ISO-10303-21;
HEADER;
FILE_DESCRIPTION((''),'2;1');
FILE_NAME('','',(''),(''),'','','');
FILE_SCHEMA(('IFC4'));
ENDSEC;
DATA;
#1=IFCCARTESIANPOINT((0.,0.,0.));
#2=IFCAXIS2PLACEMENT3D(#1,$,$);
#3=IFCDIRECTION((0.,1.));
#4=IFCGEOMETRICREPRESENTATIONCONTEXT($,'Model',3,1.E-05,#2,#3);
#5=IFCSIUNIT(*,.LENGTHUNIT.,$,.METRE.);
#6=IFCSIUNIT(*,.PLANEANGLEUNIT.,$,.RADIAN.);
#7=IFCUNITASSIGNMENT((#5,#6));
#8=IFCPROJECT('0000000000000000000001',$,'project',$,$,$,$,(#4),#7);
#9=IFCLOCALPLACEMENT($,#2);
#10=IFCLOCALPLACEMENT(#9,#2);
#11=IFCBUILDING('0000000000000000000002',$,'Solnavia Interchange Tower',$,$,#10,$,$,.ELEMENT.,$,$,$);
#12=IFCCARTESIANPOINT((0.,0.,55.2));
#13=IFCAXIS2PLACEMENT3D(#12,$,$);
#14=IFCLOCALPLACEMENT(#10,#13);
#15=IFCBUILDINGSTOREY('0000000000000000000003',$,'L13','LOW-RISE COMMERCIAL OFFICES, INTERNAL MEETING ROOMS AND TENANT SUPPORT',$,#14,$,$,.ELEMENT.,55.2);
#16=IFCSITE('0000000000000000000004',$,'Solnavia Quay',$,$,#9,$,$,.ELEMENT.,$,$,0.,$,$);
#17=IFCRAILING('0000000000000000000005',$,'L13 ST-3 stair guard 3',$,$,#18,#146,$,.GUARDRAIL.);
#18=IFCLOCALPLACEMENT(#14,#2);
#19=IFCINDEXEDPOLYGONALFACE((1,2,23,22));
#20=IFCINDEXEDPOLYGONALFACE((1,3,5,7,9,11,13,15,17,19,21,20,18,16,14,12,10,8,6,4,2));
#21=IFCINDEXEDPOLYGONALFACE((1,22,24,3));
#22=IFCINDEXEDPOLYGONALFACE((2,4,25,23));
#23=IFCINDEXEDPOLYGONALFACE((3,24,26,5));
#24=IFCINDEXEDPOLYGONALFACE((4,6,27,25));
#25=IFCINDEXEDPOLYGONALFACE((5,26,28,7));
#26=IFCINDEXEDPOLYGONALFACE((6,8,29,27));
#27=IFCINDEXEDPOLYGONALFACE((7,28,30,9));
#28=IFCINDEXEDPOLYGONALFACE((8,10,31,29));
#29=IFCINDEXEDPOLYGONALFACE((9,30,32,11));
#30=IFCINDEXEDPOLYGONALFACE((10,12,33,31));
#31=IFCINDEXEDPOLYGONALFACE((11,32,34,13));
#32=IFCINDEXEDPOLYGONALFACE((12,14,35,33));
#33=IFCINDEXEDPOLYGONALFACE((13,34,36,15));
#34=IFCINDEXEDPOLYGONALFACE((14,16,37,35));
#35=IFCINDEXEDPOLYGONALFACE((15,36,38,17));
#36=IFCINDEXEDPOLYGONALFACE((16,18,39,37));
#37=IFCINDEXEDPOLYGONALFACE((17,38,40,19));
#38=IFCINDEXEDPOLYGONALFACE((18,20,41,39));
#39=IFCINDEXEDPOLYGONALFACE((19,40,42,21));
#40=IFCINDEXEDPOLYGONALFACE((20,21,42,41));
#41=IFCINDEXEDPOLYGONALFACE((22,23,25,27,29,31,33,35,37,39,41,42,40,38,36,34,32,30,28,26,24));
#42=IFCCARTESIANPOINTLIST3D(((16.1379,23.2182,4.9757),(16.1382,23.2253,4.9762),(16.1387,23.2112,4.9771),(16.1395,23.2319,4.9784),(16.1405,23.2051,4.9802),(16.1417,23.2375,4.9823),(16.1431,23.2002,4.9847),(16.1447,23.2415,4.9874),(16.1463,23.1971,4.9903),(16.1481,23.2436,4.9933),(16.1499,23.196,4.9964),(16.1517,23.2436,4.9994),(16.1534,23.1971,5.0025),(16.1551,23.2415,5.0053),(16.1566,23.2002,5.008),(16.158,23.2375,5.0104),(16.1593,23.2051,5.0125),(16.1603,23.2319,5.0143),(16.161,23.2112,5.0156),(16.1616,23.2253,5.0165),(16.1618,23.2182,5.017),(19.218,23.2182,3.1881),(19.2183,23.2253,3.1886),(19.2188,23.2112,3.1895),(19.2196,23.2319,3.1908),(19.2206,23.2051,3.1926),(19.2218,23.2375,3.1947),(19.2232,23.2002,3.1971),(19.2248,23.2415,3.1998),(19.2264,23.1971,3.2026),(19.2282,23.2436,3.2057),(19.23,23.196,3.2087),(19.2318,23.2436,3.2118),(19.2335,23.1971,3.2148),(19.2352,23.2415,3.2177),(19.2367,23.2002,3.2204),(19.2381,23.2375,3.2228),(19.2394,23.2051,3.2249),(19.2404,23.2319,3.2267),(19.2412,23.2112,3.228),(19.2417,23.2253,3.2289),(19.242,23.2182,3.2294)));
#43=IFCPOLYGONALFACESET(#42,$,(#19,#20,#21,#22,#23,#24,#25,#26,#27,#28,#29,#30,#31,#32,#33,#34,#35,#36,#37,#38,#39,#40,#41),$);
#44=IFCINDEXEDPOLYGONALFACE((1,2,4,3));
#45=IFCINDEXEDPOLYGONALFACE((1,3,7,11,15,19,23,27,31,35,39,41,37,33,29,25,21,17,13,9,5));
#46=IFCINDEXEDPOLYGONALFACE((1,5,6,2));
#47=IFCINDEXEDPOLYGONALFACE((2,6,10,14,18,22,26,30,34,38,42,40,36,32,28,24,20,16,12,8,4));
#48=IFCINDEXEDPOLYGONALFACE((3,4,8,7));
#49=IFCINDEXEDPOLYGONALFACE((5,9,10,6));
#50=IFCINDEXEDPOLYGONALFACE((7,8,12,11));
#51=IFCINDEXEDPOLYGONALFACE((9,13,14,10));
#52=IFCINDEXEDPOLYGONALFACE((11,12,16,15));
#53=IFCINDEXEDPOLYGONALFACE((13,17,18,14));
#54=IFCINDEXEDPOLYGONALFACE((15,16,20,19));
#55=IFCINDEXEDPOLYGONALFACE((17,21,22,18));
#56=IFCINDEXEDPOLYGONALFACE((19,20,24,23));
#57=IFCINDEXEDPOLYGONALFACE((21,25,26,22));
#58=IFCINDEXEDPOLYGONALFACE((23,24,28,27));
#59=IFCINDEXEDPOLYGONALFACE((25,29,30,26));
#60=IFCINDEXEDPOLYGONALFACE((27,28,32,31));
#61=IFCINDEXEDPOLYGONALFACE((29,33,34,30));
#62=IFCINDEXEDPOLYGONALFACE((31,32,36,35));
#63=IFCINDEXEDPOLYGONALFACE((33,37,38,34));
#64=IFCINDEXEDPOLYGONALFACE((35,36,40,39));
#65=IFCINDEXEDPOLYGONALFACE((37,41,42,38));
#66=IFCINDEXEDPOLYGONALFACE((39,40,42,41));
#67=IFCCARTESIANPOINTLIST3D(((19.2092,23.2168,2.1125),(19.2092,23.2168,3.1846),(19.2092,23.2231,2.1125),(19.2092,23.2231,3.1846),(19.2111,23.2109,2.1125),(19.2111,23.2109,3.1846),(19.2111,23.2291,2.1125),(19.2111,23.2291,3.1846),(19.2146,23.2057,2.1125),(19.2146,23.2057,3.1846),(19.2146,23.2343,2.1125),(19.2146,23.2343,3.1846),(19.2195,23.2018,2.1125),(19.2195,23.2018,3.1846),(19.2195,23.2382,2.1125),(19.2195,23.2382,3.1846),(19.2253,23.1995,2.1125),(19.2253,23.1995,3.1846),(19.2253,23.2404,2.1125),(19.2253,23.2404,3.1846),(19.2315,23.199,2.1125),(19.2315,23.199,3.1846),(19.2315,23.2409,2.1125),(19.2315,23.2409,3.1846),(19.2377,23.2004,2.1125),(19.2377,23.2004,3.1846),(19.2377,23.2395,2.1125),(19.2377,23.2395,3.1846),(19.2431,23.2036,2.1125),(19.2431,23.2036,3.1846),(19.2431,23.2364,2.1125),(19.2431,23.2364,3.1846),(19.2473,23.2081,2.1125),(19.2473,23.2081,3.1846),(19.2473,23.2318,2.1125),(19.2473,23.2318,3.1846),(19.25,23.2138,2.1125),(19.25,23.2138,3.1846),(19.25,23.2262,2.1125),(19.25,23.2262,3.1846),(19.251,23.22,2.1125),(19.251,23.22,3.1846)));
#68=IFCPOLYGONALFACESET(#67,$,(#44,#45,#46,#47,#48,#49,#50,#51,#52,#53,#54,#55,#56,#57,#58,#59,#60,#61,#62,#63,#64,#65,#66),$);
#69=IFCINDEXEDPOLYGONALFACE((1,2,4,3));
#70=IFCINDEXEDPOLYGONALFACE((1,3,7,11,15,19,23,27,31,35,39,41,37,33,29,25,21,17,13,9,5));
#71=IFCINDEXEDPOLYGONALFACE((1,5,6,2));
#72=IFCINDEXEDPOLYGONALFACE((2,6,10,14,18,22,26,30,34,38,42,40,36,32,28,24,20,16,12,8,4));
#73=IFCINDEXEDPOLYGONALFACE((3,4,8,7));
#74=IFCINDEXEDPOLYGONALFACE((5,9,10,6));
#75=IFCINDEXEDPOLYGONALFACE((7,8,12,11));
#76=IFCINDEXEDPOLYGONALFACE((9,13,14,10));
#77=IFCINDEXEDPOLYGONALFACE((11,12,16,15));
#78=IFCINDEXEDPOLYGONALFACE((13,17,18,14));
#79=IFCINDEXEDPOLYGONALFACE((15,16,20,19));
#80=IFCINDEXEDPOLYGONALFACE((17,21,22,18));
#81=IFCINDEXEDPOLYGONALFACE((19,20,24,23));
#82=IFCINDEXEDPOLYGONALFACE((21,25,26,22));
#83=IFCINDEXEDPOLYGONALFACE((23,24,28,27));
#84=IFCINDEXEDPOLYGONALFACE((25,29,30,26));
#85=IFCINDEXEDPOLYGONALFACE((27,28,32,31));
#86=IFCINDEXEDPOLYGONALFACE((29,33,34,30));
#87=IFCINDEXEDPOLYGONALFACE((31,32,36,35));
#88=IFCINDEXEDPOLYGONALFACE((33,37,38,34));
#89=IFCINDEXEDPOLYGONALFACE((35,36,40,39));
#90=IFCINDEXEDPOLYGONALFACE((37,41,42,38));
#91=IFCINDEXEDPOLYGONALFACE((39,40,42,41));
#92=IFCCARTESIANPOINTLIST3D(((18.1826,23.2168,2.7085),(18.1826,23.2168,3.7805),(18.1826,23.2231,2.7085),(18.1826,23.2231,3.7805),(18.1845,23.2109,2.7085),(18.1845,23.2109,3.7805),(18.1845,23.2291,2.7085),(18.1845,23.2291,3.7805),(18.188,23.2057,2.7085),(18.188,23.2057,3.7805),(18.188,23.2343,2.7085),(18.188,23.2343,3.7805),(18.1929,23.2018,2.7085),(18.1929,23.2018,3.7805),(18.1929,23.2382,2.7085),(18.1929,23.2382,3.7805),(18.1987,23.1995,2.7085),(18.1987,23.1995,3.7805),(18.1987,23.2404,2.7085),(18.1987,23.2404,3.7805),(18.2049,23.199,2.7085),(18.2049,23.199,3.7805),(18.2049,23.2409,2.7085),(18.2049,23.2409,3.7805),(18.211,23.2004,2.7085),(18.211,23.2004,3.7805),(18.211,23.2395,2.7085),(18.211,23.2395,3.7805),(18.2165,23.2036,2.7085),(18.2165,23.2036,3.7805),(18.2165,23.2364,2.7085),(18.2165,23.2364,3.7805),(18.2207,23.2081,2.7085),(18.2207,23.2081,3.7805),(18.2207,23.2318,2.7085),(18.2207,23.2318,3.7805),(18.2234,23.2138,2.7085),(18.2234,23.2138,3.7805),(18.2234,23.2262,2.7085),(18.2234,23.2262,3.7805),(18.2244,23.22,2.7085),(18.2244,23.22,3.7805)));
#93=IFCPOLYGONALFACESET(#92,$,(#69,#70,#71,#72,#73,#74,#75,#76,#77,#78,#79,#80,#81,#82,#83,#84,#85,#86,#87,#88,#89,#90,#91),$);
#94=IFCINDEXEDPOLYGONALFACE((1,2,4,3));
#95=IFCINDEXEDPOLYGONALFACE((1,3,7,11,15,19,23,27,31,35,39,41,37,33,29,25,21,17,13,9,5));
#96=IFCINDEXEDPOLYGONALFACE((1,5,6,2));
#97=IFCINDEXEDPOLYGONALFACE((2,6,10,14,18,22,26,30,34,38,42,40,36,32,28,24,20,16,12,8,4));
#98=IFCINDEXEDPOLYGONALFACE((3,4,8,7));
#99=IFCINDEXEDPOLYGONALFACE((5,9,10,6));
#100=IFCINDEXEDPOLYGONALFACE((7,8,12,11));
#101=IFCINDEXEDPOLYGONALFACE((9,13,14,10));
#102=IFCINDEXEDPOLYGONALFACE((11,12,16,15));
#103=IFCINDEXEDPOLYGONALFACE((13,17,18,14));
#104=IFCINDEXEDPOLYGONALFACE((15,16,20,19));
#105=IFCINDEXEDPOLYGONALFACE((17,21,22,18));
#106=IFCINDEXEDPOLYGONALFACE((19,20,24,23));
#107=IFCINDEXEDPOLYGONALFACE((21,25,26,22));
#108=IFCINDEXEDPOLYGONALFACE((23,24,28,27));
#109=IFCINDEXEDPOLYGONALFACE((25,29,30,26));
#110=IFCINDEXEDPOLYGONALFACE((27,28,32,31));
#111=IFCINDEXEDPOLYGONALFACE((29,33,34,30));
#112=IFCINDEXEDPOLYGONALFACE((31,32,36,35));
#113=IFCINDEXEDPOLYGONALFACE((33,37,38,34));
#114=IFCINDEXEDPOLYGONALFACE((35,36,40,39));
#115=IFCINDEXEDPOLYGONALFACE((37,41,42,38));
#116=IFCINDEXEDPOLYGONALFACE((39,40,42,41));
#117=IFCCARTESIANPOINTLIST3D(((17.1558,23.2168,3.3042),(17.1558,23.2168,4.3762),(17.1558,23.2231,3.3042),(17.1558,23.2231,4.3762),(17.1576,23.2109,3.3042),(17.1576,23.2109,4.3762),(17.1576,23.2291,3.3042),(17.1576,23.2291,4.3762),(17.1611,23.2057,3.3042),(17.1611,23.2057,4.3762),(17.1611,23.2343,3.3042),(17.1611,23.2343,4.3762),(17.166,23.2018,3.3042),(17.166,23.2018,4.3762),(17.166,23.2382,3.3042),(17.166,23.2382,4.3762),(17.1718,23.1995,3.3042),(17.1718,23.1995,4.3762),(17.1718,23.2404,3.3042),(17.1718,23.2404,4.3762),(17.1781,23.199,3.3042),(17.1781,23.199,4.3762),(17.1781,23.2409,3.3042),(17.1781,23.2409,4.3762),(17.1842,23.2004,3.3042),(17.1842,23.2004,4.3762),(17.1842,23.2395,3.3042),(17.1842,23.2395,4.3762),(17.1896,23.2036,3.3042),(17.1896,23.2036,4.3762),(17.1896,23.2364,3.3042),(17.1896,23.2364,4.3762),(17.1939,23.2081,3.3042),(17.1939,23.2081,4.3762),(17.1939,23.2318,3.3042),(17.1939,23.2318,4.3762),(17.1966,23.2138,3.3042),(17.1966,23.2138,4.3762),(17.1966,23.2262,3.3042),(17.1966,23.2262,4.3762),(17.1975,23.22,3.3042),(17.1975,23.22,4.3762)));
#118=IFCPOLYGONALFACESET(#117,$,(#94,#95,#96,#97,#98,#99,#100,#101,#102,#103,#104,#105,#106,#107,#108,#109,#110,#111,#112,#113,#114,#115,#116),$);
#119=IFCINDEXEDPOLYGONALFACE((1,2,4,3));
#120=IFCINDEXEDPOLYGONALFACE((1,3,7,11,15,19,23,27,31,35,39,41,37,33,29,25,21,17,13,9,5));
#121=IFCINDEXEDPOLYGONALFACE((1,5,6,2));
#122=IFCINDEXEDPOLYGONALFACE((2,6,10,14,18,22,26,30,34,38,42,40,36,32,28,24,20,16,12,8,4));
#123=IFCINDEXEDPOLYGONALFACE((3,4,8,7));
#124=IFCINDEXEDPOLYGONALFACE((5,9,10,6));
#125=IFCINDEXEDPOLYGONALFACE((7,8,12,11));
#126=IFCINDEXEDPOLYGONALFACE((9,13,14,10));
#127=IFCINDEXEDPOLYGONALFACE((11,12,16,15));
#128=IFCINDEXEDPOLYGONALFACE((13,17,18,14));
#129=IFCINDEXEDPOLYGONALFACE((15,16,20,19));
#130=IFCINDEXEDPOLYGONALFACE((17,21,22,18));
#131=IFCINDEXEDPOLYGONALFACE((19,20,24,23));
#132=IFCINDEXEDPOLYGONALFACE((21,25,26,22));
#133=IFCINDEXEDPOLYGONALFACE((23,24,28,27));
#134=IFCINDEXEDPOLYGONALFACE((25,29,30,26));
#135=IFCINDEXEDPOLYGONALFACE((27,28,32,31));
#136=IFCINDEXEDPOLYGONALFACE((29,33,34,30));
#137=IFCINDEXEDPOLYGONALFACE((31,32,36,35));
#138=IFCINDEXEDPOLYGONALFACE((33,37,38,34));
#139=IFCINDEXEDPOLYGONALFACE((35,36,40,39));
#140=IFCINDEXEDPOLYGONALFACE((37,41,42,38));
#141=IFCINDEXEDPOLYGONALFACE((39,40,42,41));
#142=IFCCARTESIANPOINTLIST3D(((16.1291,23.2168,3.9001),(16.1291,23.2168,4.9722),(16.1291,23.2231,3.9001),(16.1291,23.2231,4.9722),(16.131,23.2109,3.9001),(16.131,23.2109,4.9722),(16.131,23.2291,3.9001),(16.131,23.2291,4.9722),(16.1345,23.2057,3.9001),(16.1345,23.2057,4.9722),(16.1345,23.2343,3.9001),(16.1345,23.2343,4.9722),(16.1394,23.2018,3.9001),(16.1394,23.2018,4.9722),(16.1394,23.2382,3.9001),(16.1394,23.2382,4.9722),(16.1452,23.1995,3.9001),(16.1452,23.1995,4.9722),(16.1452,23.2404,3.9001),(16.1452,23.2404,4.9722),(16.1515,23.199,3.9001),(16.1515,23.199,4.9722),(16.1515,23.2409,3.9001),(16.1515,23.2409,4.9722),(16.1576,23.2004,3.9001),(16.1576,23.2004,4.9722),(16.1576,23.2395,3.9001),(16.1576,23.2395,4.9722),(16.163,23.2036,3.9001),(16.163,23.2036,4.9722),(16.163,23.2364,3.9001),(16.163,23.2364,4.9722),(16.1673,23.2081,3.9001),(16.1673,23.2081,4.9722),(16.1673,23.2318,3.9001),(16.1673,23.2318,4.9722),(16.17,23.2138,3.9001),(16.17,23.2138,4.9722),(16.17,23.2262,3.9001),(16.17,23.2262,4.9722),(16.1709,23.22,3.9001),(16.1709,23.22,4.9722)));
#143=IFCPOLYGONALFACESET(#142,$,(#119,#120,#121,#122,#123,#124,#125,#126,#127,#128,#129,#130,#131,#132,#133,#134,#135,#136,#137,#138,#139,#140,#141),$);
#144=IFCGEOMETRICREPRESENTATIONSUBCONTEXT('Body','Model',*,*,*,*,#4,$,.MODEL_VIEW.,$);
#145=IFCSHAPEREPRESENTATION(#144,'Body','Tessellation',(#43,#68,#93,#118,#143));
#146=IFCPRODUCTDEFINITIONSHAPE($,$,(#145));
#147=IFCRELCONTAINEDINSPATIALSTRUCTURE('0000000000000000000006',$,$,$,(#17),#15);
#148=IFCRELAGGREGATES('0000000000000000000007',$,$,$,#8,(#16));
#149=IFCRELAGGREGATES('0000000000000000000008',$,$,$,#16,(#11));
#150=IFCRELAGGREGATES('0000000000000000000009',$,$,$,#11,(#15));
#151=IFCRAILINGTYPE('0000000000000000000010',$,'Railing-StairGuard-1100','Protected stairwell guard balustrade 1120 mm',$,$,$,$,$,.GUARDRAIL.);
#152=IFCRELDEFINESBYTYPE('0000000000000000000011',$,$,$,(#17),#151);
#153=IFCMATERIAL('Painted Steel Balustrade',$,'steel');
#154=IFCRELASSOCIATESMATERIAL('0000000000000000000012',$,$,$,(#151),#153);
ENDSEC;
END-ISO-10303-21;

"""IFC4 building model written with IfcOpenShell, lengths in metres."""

from ifc_helpers import new_model, si_unit, direction, frame, origin, origin_2d, place, context, subcontext, project, spatial, circle, extrude, material, type_object, element, save


model = new_model("IFC4")

# Units and contexts
model_context = context("Model", 3, precision=1e-05, world=origin(), true_north=direction((0.0, 1.0)))
body_context = subcontext(model_context, "Body", "Model", "MODEL_VIEW")
ifc_project = project(units=[si_unit("LENGTHUNIT", "METRE"), si_unit("PLANEANGLEUNIT", "RADIAN")], contexts=[model_context])

# Site, building, storey
site_placement = place(None, origin())
site = spatial("IfcSite", under=ifc_project, at=site_placement, Name="Solnavia Quay", CompositionType="ELEMENT", RefElevation=0.0)
building_placement = place(site_placement, origin())
building = spatial("IfcBuilding", under=site, at=building_placement, Name="Solnavia Interchange Tower", CompositionType="ELEMENT")
storey_placement = place(building_placement, frame((0.0, 0.0, 55.2)))
storey = spatial("IfcBuildingStorey", under=building, at=storey_placement, Name="L13", Description="LOW-RISE COMMERCIAL OFFICES, INTERNAL MEETING ROOMS AND TENANT SUPPORT", CompositionType="ELEMENT", Elevation=55.2)

# Railing
ifc_material_1 = material(Name="Painted Steel Balustrade", Category="steel")
railing_type_1 = type_object("IfcRailingType", Name="Railing-StairGuard-1100", Description="Protected stairwell guard balustrade 1120 mm", PredefinedType="GUARDRAIL", material=ifc_material_1)
railing_1_placement = place(storey_placement, frame((19.23, 23.22, 2.1125)))
element("IfcRailing", 1, at=railing_1_placement, inside=storey, type_object=railing_type_1, Name="L13 ST-3 stair guard 3", PredefinedType="GUARDRAIL", context=body_context, shape_type="SweptSolid", body=[
    extrude(circle(Radius=0.0239, at=origin_2d()), frame((0.0, 0.0, 1.0962), z_axis=(-0.864891, 0.0, 0.50196), x_axis=(0.0, -1.0, 0.0)), (0.0, 0.0, 1.0), 3.5613),
    extrude(circle(Radius=0.021, at=origin_2d()), origin(), (0.0, 0.0, 1.0), 1.072),
    extrude(circle(Radius=0.021, at=origin_2d()), frame((-1.0266, 0.0, 0.5959)), (0.0, 0.0, 1.0), 1.072),
    extrude(circle(Radius=0.021, at=origin_2d()), frame((-2.0535, 0.0, 1.1917)), (0.0, 0.0, 1.0), 1.072),
    extrude(circle(Radius=0.021, at=origin_2d()), frame((-3.0801, 0.0, 1.7876)), (0.0, 0.0, 1.0), 1.072),
])

save(model, "model.ifc")
